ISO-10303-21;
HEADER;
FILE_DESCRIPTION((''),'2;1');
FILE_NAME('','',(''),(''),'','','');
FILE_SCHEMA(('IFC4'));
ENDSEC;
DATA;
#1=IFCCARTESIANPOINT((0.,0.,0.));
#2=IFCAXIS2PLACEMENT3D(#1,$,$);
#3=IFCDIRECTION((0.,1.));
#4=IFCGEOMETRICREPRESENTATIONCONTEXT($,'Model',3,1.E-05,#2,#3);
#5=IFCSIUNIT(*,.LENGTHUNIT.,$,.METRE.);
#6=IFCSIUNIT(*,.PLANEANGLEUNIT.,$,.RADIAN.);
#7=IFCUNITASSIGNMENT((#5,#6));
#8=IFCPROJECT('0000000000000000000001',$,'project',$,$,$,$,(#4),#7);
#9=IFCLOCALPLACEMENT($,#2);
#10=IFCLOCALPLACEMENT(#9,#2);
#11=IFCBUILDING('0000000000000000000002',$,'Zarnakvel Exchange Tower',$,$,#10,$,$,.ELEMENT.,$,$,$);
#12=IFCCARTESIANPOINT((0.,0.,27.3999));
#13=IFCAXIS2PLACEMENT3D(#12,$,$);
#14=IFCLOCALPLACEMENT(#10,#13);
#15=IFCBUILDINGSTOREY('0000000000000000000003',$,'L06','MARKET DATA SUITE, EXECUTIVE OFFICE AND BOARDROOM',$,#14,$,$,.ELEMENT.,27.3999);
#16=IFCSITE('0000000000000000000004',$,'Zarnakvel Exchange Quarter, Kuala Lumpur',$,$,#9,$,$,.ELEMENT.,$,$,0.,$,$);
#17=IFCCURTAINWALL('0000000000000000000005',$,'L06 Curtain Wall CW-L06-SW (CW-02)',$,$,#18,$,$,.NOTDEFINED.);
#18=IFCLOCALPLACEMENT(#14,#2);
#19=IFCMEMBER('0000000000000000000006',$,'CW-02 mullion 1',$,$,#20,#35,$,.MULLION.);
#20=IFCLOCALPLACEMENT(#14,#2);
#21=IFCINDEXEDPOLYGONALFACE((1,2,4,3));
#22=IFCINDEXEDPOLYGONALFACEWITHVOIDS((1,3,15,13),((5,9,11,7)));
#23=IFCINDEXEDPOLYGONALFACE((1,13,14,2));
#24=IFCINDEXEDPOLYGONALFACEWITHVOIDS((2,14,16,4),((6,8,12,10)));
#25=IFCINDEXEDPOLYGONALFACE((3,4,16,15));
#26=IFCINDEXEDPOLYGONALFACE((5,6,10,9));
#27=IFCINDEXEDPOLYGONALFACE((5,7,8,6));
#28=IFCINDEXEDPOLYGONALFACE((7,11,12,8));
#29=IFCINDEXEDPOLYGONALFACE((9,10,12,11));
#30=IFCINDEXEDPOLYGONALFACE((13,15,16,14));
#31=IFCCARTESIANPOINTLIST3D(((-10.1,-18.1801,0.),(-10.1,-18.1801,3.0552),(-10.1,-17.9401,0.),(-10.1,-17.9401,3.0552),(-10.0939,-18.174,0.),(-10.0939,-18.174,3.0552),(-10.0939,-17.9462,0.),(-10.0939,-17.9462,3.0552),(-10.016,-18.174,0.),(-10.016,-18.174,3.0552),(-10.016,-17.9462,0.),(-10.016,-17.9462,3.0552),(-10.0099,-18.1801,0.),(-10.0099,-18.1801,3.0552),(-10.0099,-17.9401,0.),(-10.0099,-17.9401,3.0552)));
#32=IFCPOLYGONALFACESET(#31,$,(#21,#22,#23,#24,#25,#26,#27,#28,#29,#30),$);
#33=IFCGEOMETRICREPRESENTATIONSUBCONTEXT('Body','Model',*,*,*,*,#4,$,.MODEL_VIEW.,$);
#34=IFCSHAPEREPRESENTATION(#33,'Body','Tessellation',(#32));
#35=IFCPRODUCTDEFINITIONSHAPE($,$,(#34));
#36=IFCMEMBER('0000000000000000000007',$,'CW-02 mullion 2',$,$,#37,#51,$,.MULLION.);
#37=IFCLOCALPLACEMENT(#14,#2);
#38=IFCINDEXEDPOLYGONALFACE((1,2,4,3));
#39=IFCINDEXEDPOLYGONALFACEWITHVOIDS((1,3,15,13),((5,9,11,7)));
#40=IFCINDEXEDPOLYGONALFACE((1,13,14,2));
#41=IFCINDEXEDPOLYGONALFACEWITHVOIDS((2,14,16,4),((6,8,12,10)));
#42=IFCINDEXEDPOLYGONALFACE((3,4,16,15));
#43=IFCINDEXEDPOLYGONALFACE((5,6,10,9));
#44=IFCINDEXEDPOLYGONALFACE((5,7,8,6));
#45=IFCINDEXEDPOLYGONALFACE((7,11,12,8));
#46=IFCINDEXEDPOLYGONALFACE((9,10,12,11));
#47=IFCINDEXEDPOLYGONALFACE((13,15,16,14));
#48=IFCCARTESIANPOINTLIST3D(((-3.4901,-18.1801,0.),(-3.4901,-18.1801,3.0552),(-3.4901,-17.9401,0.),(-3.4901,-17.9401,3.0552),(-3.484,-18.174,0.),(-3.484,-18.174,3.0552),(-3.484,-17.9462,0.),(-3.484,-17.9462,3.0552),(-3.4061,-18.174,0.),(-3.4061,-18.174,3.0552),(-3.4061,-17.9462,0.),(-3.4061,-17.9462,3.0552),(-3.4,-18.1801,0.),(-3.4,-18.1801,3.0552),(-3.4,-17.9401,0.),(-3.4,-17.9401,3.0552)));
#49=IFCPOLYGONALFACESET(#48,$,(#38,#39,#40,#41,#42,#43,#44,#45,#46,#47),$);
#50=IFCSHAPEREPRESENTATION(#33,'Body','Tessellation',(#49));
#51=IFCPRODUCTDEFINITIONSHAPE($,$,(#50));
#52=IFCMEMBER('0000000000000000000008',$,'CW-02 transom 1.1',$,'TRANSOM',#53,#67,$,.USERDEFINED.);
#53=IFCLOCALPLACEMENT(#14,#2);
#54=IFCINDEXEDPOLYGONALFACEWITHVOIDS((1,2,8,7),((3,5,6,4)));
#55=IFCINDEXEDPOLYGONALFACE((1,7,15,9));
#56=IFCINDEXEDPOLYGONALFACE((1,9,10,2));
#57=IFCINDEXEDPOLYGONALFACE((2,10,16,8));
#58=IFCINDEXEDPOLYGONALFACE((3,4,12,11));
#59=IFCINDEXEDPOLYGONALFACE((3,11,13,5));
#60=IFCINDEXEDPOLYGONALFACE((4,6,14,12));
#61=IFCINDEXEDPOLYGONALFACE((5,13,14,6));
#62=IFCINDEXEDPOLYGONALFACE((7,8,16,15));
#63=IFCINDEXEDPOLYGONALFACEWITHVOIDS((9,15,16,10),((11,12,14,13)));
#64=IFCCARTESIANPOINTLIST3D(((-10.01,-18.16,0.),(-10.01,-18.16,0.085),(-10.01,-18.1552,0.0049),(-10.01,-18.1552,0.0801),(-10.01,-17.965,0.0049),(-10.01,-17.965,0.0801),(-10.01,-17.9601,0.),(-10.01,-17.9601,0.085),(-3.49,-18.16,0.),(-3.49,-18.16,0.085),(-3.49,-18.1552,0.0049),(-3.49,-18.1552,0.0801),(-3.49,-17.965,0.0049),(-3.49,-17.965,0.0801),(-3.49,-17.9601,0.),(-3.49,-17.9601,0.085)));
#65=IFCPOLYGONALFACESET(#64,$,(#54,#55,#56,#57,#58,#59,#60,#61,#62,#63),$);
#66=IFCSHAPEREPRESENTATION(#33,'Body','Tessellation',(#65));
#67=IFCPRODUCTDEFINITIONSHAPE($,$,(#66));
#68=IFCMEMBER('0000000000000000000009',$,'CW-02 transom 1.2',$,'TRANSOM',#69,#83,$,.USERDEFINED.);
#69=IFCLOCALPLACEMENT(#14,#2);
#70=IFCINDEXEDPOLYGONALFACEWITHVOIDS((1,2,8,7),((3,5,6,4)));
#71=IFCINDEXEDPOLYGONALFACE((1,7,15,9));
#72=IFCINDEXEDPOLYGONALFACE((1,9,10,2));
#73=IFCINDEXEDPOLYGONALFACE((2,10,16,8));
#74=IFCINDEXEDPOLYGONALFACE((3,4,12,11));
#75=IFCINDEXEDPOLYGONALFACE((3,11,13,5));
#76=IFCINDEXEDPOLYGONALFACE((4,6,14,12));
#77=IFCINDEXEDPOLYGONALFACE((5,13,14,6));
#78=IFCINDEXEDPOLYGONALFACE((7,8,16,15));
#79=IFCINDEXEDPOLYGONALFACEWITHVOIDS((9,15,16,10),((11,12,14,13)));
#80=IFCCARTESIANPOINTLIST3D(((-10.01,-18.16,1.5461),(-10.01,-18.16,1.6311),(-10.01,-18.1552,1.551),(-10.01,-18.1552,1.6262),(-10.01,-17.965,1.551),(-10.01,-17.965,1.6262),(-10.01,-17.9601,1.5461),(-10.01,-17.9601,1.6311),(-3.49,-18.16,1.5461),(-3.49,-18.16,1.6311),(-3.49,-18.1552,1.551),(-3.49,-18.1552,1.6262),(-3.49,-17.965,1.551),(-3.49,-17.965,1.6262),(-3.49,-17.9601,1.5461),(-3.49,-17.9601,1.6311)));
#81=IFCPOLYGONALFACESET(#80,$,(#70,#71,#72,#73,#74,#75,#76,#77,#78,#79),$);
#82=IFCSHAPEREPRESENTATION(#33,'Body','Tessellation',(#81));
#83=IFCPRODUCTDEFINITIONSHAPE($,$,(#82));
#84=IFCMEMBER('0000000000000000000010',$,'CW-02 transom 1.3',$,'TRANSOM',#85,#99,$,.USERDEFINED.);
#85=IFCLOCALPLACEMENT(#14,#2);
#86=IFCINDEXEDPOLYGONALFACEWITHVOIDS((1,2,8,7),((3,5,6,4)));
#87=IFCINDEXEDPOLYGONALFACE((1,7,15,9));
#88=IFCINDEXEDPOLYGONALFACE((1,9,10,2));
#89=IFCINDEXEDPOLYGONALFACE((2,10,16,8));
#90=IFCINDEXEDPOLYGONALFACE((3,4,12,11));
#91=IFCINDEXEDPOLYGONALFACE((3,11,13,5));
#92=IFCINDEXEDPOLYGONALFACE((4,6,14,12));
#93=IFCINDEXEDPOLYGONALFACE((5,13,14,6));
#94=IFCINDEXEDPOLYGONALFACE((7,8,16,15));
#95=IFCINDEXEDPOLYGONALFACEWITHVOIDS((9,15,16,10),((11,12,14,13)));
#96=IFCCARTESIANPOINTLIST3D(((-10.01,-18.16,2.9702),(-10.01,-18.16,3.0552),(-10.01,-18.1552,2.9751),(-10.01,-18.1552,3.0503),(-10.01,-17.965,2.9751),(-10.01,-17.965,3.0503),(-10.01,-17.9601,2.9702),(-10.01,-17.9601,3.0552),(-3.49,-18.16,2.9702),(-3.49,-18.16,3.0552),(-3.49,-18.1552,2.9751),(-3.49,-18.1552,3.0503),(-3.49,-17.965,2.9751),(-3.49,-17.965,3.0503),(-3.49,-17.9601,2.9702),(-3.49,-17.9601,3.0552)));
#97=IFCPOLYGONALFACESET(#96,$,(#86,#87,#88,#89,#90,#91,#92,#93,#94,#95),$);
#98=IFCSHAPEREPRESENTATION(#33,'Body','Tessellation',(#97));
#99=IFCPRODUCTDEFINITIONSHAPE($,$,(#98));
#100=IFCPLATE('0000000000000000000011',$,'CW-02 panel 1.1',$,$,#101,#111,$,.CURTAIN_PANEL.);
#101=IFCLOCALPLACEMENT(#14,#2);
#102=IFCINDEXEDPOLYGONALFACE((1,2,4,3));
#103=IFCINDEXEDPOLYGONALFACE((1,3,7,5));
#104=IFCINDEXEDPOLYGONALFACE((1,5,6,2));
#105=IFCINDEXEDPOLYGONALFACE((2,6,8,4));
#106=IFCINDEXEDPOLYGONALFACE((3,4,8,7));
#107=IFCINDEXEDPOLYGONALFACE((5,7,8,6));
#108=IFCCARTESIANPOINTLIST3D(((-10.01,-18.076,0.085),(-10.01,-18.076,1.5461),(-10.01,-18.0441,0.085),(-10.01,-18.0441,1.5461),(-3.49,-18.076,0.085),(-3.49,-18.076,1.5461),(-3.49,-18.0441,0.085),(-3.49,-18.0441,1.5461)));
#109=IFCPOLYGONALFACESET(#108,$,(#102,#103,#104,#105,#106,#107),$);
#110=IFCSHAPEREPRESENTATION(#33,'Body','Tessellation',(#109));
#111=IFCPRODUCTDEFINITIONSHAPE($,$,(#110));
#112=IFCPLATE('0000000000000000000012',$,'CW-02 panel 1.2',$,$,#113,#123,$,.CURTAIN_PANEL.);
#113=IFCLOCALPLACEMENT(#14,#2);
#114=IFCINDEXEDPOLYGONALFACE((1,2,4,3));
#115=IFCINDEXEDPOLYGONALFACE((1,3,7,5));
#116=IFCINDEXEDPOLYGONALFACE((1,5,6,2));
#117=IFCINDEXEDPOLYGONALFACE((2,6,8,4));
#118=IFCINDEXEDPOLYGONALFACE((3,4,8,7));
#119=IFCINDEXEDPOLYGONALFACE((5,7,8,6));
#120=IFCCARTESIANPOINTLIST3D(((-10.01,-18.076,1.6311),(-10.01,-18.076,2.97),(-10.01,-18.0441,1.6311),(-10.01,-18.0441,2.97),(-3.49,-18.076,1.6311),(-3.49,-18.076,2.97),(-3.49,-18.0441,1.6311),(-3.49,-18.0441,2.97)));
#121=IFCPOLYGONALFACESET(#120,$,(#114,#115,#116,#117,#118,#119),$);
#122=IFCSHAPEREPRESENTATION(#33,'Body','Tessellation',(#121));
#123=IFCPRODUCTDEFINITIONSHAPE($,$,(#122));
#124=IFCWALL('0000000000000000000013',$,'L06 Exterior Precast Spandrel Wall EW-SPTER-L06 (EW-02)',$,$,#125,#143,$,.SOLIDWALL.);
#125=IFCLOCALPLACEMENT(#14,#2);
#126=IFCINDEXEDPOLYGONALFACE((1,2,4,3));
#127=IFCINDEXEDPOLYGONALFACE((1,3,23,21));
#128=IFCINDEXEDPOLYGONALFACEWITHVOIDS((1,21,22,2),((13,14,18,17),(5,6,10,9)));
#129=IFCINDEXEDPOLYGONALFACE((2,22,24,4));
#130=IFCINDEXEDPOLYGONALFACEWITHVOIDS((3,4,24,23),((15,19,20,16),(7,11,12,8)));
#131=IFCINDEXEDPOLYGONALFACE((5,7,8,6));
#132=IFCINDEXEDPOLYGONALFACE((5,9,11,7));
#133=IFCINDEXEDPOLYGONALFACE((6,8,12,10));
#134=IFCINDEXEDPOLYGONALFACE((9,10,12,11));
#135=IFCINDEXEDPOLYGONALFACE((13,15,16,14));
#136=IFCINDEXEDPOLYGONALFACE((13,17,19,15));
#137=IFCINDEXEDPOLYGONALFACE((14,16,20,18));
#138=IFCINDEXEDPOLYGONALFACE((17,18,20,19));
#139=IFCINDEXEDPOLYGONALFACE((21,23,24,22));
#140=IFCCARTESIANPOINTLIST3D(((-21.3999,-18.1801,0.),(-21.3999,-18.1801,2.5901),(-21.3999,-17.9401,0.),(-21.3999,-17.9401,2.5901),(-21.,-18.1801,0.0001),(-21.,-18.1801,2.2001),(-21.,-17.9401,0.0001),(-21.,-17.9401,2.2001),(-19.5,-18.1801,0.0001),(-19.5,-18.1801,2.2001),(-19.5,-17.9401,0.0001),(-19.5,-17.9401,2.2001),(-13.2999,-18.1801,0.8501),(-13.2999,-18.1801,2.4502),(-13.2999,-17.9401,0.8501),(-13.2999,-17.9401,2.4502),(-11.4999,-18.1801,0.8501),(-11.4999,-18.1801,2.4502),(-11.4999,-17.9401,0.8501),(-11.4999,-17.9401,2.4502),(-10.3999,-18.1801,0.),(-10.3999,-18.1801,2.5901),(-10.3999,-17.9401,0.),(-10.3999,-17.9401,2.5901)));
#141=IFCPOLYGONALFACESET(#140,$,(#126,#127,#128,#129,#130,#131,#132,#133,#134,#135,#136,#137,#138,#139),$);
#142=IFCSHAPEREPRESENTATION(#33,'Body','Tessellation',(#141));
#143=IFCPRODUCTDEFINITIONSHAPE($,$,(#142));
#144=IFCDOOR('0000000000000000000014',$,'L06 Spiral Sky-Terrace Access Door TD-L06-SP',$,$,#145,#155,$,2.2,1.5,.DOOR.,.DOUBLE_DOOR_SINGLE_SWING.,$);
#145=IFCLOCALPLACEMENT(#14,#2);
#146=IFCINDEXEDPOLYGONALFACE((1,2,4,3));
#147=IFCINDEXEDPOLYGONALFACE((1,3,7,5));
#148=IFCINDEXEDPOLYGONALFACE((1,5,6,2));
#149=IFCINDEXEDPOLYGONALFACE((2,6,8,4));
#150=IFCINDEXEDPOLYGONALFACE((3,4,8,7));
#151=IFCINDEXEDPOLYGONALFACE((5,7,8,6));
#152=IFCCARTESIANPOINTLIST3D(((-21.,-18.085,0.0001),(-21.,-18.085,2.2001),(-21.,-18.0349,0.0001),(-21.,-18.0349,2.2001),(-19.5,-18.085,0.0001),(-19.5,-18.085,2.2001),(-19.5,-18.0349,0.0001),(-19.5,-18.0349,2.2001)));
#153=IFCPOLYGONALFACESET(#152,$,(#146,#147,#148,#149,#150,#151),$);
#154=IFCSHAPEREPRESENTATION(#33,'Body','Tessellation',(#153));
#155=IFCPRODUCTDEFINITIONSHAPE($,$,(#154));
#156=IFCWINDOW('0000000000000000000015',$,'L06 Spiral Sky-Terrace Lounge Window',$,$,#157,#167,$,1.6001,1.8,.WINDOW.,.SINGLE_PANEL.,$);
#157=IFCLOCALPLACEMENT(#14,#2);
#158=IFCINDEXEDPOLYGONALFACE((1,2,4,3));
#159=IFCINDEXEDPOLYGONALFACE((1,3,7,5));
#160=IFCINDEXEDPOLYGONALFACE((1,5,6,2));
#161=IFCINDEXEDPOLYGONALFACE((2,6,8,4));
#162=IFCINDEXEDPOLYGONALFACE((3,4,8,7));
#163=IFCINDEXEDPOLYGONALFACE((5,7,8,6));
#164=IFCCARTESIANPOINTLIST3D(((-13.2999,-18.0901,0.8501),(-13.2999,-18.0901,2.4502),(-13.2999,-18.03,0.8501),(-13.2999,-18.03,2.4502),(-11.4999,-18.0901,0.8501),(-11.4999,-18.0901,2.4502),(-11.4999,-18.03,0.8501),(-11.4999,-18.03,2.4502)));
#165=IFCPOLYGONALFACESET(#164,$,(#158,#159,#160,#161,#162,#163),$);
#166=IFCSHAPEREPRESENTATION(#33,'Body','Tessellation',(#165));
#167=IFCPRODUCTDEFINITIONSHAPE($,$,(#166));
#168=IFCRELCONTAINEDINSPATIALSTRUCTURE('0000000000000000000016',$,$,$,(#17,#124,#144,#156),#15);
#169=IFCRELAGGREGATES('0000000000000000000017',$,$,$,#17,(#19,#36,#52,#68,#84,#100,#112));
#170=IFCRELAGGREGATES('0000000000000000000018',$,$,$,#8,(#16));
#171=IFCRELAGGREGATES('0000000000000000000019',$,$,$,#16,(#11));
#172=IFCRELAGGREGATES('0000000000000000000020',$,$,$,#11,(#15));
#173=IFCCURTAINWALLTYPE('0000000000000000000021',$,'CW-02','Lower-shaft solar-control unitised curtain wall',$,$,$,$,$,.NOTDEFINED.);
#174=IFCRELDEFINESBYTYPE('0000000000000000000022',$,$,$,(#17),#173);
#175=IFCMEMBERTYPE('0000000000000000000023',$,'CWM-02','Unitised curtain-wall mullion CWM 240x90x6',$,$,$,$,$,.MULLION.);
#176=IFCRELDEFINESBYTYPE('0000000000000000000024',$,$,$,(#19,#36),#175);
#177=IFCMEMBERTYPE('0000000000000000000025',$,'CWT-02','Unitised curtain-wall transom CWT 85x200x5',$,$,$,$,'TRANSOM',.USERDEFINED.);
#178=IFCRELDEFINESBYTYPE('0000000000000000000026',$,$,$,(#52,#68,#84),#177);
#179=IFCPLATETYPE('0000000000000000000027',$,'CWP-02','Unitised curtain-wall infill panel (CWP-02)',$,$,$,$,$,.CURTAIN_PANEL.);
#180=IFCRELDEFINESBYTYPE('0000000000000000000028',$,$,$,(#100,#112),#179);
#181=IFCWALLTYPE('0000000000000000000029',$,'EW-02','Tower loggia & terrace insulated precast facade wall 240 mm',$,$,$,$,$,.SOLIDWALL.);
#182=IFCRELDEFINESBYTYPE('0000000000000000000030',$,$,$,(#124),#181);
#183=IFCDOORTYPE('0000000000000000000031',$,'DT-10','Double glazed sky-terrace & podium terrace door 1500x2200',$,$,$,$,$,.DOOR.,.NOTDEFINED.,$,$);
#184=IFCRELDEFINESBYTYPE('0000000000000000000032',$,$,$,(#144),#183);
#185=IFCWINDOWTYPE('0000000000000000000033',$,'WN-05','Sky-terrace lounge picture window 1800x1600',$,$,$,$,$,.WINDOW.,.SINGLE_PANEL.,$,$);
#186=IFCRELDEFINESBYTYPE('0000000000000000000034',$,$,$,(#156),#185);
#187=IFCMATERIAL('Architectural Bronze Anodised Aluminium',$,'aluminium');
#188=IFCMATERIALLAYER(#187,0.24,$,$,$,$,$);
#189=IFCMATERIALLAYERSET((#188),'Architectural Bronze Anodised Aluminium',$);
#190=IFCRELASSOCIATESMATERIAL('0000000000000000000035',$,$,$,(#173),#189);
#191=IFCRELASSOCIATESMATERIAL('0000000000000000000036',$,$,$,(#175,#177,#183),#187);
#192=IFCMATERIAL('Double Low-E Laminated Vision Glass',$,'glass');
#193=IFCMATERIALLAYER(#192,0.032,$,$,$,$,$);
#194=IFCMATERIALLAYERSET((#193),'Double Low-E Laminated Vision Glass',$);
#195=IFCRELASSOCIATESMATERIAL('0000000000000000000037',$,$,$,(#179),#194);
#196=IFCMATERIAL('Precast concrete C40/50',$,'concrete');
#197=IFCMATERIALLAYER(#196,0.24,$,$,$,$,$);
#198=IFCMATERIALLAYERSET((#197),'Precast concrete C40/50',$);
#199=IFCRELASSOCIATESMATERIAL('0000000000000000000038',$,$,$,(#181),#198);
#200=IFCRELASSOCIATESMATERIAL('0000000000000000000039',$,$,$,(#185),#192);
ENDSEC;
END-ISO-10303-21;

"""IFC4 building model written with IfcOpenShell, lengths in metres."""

from ifc_helpers import new_model, si_unit, direction, frame, frame_2d, origin, origin_2d, place, context, subcontext, project, spatial, rectangle, hollow_rectangle, extrude, source, transform, mapped, material, layer, layer_set, material_profile, profile_set, type_object, element, fill, aggregate, save


model = new_model("IFC4")

# Units and contexts
model_context = context("Model", 3, precision=1e-05, world=origin(), true_north=direction((0.0, 1.0)))
body_context = subcontext(model_context, "Body", "Model", "MODEL_VIEW")
ifc_project = project(units=[si_unit("LENGTHUNIT", "METRE"), si_unit("PLANEANGLEUNIT", "RADIAN")], contexts=[model_context])

# Site, building, storey
site_placement = place(None, origin())
site = spatial("IfcSite", under=ifc_project, at=site_placement, Name="Zarnakvel Exchange Quarter, Kuala Lumpur", CompositionType="ELEMENT", RefElevation=0.0)
building_placement = place(site_placement, origin())
building = spatial("IfcBuilding", under=site, at=building_placement, Name="Zarnakvel Exchange Tower", CompositionType="ELEMENT")
storey_placement = place(building_placement, frame((0.0, 0.0, 27.3999)))
storey = spatial("IfcBuildingStorey", under=building, at=storey_placement, Name="L06", Description="MARKET DATA SUITE, EXECUTIVE OFFICE AND BOARDROOM", CompositionType="ELEMENT", Elevation=27.3999)

# Shared definitions
ifc_material_1 = material(Name="Architectural Bronze Anodised Aluminium", Category="aluminium")

# Curtain wall, members, plates
ifc_layer_1 = layer(ifc_material_1, 0.24)
ifc_layer_set_1 = layer_set([ifc_layer_1], Name="Architectural Bronze Anodised Aluminium")
curtain_wall_type_1 = type_object("IfcCurtainWallType", Name="CW-02", Description="Lower-shaft solar-control unitised curtain wall", PredefinedType="NOTDEFINED", material=ifc_layer_set_1)
curtain_wall_1_placement = place(storey_placement, origin())
curtain_wall_1 = element("IfcCurtainWall", 1, at=curtain_wall_1_placement, inside=storey, type_object=curtain_wall_type_1, Name="L06 Curtain Wall CW-L06-SW (CW-02)", PredefinedType="NOTDEFINED")
ifc_material_profile_1 = material_profile(ifc_material_1, hollow_rectangle(XDim=0.24, YDim=0.0901, WallThickness=0.0061, at=origin_2d()))
ifc_profile_set_1 = profile_set([ifc_material_profile_1], Name="Architectural Bronze Anodised Aluminium")
member_type_1 = type_object("IfcMemberType", Name="CWM-02", Description="Unitised curtain-wall mullion CWM 240x90x6", PredefinedType="MULLION", material=ifc_profile_set_1)
shared_shape_1 = source(origin(), body_context, "Body", "SweptSolid", [
    extrude(hollow_rectangle(XDim=0.24, YDim=0.0901, WallThickness=0.0061, at=origin_2d()), origin(), (0.0, 0.0, 1.0), 3.0552),
])
member_1_placement = place(storey_placement, frame((-10.0549, -18.0601, 0.0), z_axis=(0.0, 0.0, 1.0), x_axis=(0.0, 1.0, 0.0)))
member_1 = element("IfcMember", 2, at=member_1_placement, type_object=member_type_1, Name="CW-02 mullion 1", PredefinedType="MULLION", context=body_context, shape_type="MappedRepresentation", body=[
    mapped(shared_shape_1, transform((0.0, 0.0, 0.0), x_axis=(1.0, 0.0, 0.0), y_axis=(0.0, 1.0, 0.0), z_axis=(0.0, 0.0, 1.0), scale=1.0)),
])
member_2_placement = place(storey_placement, frame((-3.4451, -18.0601, 0.0), z_axis=(0.0, 0.0, 1.0), x_axis=(0.0, 1.0, 0.0)))
member_2 = element("IfcMember", 3, at=member_2_placement, type_object=member_type_1, Name="CW-02 mullion 2", PredefinedType="MULLION", context=body_context, shape_type="MappedRepresentation", body=[
    mapped(shared_shape_1, transform((0.0, 0.0, 0.0), x_axis=(1.0, 0.0, 0.0), y_axis=(0.0, 1.0, 0.0), z_axis=(0.0, 0.0, 1.0), scale=1.0)),
])
ifc_material_profile_2 = material_profile(ifc_material_1, hollow_rectangle(XDim=0.2, YDim=0.085, WallThickness=0.0049, at=origin_2d()))
ifc_profile_set_2 = profile_set([ifc_material_profile_2], Name="Architectural Bronze Anodised Aluminium")
member_type_2 = type_object("IfcMemberType", Name="CWT-02", Description="Unitised curtain-wall transom CWT 85x200x5", ElementType="TRANSOM", PredefinedType="USERDEFINED", material=ifc_profile_set_2)
shared_shape_2 = source(origin(), body_context, "Body", "SweptSolid", [
    extrude(hollow_rectangle(XDim=0.2, YDim=0.085, WallThickness=0.0049, at=origin_2d()), origin(), (0.0, 0.0, 1.0), 6.52),
])
member_3_placement = place(storey_placement, frame((-10.01, -18.0601, 0.0425), z_axis=(1.0, 0.0, 0.0), x_axis=(0.0, 1.0, 0.0)))
member_3 = element("IfcMember", 4, at=member_3_placement, type_object=member_type_2, Name="CW-02 transom 1.1", ObjectType="TRANSOM", PredefinedType="USERDEFINED", context=body_context, shape_type="MappedRepresentation", body=[
    mapped(shared_shape_2, transform((0.0, 0.0, 0.0), x_axis=(1.0, 0.0, 0.0), y_axis=(0.0, 1.0, 0.0), z_axis=(0.0, 0.0, 1.0), scale=1.0)),
])
member_4_placement = place(storey_placement, frame((-10.01, -18.0601, 1.5886), z_axis=(1.0, 0.0, 0.0), x_axis=(0.0, 1.0, 0.0)))
member_4 = element("IfcMember", 5, at=member_4_placement, type_object=member_type_2, Name="CW-02 transom 1.2", ObjectType="TRANSOM", PredefinedType="USERDEFINED", context=body_context, shape_type="MappedRepresentation", body=[
    mapped(shared_shape_2, transform((0.0, 0.0, 0.0), x_axis=(1.0, 0.0, 0.0), y_axis=(0.0, 1.0, 0.0), z_axis=(0.0, 0.0, 1.0), scale=1.0)),
])
member_5_placement = place(storey_placement, frame((-10.01, -18.0601, 3.0127), z_axis=(1.0, 0.0, 0.0), x_axis=(0.0, 1.0, 0.0)))
member_5 = element("IfcMember", 6, at=member_5_placement, type_object=member_type_2, Name="CW-02 transom 1.3", ObjectType="TRANSOM", PredefinedType="USERDEFINED", context=body_context, shape_type="MappedRepresentation", body=[
    mapped(shared_shape_2, transform((0.0, 0.0, 0.0), x_axis=(1.0, 0.0, 0.0), y_axis=(0.0, 1.0, 0.0), z_axis=(0.0, 0.0, 1.0), scale=1.0)),
])
ifc_material_2 = material(Name="Double Low-E Laminated Vision Glass", Category="glass")
ifc_layer_2 = layer(ifc_material_2, 0.032)
ifc_layer_set_2 = layer_set([ifc_layer_2], Name="Double Low-E Laminated Vision Glass")
plate_type = type_object("IfcPlateType", Name="CWP-02", Description="Unitised curtain-wall infill panel (CWP-02)", PredefinedType="CURTAIN_PANEL", material=ifc_layer_set_2)
shared_shape_3 = source(origin(), body_context, "Body", "SweptSolid", [
    extrude(rectangle(XDim=6.52, YDim=0.032, at=origin_2d()), origin(), (0.0, 0.0, 1.0), 1.4612),
])
plate_1_placement = place(storey_placement, frame((-6.75, -18.0601, 0.085), z_axis=(0.0, 0.0, 1.0), x_axis=(1.0, 0.0, 0.0)))
plate_1 = element("IfcPlate", 7, at=plate_1_placement, type_object=plate_type, Name="CW-02 panel 1.1", PredefinedType="CURTAIN_PANEL", context=body_context, shape_type="MappedRepresentation", body=[
    mapped(shared_shape_3, transform((0.0, 0.0, 0.0), x_axis=(1.0, 0.0, 0.0), y_axis=(0.0, 1.0, 0.0), z_axis=(0.0, 0.0, 1.0), scale=1.0)),
])
shared_shape_4 = source(origin(), body_context, "Body", "SweptSolid", [
    extrude(rectangle(XDim=6.52, YDim=0.032, at=origin_2d()), origin(), (0.0, 0.0, 1.0), 1.3389),
])
plate_2_placement = place(storey_placement, frame((-6.75, -18.0601, 1.6311), z_axis=(0.0, 0.0, 1.0), x_axis=(1.0, 0.0, 0.0)))
plate_2 = element("IfcPlate", 8, at=plate_2_placement, type_object=plate_type, Name="CW-02 panel 1.2", PredefinedType="CURTAIN_PANEL", context=body_context, shape_type="MappedRepresentation", body=[
    mapped(shared_shape_4, transform((0.0, 0.0, 0.0), x_axis=(1.0, 0.0, 0.0), y_axis=(0.0, 1.0, 0.0), z_axis=(0.0, 0.0, 1.0), scale=1.0)),
])
aggregate(curtain_wall_1, [member_1, member_2, member_3, member_4, member_5, plate_1, plate_2])

# Wall, openings, door, window
ifc_material_3 = material(Name="Precast concrete C40/50", Category="concrete")
ifc_layer_3 = layer(ifc_material_3, 0.24)
ifc_layer_set_3 = layer_set([ifc_layer_3], Name="Precast concrete C40/50")
wall_type_1 = type_object("IfcWallType", Name="EW-02", Description="Tower loggia & terrace insulated precast facade wall 240 mm", PredefinedType="SOLIDWALL", material=ifc_layer_set_3)
wall_1_placement = place(storey_placement, frame((-10.3999, -18.0601, 0.0), z_axis=(0.0, 0.0, 1.0), x_axis=(-1.0, 0.0, 0.0)))
wall_1 = element("IfcWall", 9, at=wall_1_placement, inside=storey, type_object=wall_type_1, Name="L06 Exterior Precast Spandrel Wall EW-SPTER-L06 (EW-02)", PredefinedType="SOLIDWALL", context=body_context, shape_type="SweptSolid", body=[
    extrude(rectangle(XDim=11.0, YDim=0.24, at=frame_2d((5.5, 0.0))), origin(), (0.0, 0.0, 1.0), 2.5901),
])
opening_1_placement = place(wall_1_placement, frame((9.1001, 0.0, 0.0)))
opening_1 = element("IfcOpeningElement", 10, at=opening_1_placement, cuts=wall_1, PredefinedType="OPENING", context=body_context, shape_type="SweptSolid", body=[
    extrude(rectangle(XDim=1.5, YDim=2.2, at=frame_2d((0.75, 1.1001))), frame((0.0, 0.1299, 0.0), z_axis=(0.0, -1.0, 0.0), x_axis=(1.0, 0.0, 0.0)), (0.0, 0.0, 1.0), 0.26),
])
opening_2_placement = place(wall_1_placement, frame((1.1001, 0.0, 0.8501)))
opening_2 = element("IfcOpeningElement", 11, at=opening_2_placement, cuts=wall_1, PredefinedType="OPENING", context=body_context, shape_type="SweptSolid", body=[
    extrude(rectangle(XDim=1.8, YDim=1.6001, at=frame_2d((0.8999, 0.8))), frame((0.0, 0.1299, 0.0), z_axis=(0.0, -1.0, 0.0), x_axis=(1.0, 0.0, 0.0)), (0.0, 0.0, 1.0), 0.26),
])
door_type = type_object("IfcDoorType", Name="DT-10", Description="Double glazed sky-terrace & podium terrace door 1500x2200", OperationType="NOTDEFINED", PredefinedType="DOOR", material=ifc_material_1)
shared_shape_5 = source(origin(), body_context, "Body", "SweptSolid", [
    extrude(rectangle(XDim=1.5, YDim=2.2, at=frame_2d((0.75, 1.1001))), frame((0.0, 0.0249, 0.0), z_axis=(0.0, -1.0, 0.0), x_axis=(1.0, 0.0, 0.0)), (0.0, 0.0, 1.0), 0.05),
])
door_placement = place(opening_1_placement, origin())
door = element("IfcDoor", 12, at=door_placement, inside=storey, type_object=door_type, Name="L06 Spiral Sky-Terrace Access Door TD-L06-SP", OperationType="DOUBLE_DOOR_SINGLE_SWING", OverallHeight=2.2, OverallWidth=1.5, PredefinedType="DOOR", context=body_context, shape_type="MappedRepresentation", body=[
    mapped(shared_shape_5, transform((0.0, 0.0, 0.0), x_axis=(1.0, 0.0, 0.0), y_axis=(0.0, 1.0, 0.0), z_axis=(0.0, 0.0, 1.0), scale=1.0)),
])
fill(opening_1, door)
window_type = type_object("IfcWindowType", Name="WN-05", Description="Sky-terrace lounge picture window 1800x1600", PartitioningType="SINGLE_PANEL", PredefinedType="WINDOW", material=ifc_material_2)
shared_shape_6 = source(origin(), body_context, "Body", "SweptSolid", [
    extrude(rectangle(XDim=1.8, YDim=1.6001, at=frame_2d((0.8999, 0.8))), frame((0.0, 0.03, 0.0), z_axis=(0.0, -1.0, 0.0), x_axis=(1.0, 0.0, 0.0)), (0.0, 0.0, 1.0), 0.0601),
])
window_placement = place(opening_2_placement, origin())
window = element("IfcWindow", 13, at=window_placement, inside=storey, type_object=window_type, Name="L06 Spiral Sky-Terrace Lounge Window", OverallHeight=1.6001, OverallWidth=1.8, PartitioningType="SINGLE_PANEL", PredefinedType="WINDOW", context=body_context, shape_type="MappedRepresentation", body=[
    mapped(shared_shape_6, transform((0.0, 0.0, 0.0), x_axis=(1.0, 0.0, 0.0), y_axis=(0.0, 1.0, 0.0), z_axis=(0.0, 0.0, 1.0), scale=1.0)),
])
fill(opening_2, window)

save(model, "model.ifc")
